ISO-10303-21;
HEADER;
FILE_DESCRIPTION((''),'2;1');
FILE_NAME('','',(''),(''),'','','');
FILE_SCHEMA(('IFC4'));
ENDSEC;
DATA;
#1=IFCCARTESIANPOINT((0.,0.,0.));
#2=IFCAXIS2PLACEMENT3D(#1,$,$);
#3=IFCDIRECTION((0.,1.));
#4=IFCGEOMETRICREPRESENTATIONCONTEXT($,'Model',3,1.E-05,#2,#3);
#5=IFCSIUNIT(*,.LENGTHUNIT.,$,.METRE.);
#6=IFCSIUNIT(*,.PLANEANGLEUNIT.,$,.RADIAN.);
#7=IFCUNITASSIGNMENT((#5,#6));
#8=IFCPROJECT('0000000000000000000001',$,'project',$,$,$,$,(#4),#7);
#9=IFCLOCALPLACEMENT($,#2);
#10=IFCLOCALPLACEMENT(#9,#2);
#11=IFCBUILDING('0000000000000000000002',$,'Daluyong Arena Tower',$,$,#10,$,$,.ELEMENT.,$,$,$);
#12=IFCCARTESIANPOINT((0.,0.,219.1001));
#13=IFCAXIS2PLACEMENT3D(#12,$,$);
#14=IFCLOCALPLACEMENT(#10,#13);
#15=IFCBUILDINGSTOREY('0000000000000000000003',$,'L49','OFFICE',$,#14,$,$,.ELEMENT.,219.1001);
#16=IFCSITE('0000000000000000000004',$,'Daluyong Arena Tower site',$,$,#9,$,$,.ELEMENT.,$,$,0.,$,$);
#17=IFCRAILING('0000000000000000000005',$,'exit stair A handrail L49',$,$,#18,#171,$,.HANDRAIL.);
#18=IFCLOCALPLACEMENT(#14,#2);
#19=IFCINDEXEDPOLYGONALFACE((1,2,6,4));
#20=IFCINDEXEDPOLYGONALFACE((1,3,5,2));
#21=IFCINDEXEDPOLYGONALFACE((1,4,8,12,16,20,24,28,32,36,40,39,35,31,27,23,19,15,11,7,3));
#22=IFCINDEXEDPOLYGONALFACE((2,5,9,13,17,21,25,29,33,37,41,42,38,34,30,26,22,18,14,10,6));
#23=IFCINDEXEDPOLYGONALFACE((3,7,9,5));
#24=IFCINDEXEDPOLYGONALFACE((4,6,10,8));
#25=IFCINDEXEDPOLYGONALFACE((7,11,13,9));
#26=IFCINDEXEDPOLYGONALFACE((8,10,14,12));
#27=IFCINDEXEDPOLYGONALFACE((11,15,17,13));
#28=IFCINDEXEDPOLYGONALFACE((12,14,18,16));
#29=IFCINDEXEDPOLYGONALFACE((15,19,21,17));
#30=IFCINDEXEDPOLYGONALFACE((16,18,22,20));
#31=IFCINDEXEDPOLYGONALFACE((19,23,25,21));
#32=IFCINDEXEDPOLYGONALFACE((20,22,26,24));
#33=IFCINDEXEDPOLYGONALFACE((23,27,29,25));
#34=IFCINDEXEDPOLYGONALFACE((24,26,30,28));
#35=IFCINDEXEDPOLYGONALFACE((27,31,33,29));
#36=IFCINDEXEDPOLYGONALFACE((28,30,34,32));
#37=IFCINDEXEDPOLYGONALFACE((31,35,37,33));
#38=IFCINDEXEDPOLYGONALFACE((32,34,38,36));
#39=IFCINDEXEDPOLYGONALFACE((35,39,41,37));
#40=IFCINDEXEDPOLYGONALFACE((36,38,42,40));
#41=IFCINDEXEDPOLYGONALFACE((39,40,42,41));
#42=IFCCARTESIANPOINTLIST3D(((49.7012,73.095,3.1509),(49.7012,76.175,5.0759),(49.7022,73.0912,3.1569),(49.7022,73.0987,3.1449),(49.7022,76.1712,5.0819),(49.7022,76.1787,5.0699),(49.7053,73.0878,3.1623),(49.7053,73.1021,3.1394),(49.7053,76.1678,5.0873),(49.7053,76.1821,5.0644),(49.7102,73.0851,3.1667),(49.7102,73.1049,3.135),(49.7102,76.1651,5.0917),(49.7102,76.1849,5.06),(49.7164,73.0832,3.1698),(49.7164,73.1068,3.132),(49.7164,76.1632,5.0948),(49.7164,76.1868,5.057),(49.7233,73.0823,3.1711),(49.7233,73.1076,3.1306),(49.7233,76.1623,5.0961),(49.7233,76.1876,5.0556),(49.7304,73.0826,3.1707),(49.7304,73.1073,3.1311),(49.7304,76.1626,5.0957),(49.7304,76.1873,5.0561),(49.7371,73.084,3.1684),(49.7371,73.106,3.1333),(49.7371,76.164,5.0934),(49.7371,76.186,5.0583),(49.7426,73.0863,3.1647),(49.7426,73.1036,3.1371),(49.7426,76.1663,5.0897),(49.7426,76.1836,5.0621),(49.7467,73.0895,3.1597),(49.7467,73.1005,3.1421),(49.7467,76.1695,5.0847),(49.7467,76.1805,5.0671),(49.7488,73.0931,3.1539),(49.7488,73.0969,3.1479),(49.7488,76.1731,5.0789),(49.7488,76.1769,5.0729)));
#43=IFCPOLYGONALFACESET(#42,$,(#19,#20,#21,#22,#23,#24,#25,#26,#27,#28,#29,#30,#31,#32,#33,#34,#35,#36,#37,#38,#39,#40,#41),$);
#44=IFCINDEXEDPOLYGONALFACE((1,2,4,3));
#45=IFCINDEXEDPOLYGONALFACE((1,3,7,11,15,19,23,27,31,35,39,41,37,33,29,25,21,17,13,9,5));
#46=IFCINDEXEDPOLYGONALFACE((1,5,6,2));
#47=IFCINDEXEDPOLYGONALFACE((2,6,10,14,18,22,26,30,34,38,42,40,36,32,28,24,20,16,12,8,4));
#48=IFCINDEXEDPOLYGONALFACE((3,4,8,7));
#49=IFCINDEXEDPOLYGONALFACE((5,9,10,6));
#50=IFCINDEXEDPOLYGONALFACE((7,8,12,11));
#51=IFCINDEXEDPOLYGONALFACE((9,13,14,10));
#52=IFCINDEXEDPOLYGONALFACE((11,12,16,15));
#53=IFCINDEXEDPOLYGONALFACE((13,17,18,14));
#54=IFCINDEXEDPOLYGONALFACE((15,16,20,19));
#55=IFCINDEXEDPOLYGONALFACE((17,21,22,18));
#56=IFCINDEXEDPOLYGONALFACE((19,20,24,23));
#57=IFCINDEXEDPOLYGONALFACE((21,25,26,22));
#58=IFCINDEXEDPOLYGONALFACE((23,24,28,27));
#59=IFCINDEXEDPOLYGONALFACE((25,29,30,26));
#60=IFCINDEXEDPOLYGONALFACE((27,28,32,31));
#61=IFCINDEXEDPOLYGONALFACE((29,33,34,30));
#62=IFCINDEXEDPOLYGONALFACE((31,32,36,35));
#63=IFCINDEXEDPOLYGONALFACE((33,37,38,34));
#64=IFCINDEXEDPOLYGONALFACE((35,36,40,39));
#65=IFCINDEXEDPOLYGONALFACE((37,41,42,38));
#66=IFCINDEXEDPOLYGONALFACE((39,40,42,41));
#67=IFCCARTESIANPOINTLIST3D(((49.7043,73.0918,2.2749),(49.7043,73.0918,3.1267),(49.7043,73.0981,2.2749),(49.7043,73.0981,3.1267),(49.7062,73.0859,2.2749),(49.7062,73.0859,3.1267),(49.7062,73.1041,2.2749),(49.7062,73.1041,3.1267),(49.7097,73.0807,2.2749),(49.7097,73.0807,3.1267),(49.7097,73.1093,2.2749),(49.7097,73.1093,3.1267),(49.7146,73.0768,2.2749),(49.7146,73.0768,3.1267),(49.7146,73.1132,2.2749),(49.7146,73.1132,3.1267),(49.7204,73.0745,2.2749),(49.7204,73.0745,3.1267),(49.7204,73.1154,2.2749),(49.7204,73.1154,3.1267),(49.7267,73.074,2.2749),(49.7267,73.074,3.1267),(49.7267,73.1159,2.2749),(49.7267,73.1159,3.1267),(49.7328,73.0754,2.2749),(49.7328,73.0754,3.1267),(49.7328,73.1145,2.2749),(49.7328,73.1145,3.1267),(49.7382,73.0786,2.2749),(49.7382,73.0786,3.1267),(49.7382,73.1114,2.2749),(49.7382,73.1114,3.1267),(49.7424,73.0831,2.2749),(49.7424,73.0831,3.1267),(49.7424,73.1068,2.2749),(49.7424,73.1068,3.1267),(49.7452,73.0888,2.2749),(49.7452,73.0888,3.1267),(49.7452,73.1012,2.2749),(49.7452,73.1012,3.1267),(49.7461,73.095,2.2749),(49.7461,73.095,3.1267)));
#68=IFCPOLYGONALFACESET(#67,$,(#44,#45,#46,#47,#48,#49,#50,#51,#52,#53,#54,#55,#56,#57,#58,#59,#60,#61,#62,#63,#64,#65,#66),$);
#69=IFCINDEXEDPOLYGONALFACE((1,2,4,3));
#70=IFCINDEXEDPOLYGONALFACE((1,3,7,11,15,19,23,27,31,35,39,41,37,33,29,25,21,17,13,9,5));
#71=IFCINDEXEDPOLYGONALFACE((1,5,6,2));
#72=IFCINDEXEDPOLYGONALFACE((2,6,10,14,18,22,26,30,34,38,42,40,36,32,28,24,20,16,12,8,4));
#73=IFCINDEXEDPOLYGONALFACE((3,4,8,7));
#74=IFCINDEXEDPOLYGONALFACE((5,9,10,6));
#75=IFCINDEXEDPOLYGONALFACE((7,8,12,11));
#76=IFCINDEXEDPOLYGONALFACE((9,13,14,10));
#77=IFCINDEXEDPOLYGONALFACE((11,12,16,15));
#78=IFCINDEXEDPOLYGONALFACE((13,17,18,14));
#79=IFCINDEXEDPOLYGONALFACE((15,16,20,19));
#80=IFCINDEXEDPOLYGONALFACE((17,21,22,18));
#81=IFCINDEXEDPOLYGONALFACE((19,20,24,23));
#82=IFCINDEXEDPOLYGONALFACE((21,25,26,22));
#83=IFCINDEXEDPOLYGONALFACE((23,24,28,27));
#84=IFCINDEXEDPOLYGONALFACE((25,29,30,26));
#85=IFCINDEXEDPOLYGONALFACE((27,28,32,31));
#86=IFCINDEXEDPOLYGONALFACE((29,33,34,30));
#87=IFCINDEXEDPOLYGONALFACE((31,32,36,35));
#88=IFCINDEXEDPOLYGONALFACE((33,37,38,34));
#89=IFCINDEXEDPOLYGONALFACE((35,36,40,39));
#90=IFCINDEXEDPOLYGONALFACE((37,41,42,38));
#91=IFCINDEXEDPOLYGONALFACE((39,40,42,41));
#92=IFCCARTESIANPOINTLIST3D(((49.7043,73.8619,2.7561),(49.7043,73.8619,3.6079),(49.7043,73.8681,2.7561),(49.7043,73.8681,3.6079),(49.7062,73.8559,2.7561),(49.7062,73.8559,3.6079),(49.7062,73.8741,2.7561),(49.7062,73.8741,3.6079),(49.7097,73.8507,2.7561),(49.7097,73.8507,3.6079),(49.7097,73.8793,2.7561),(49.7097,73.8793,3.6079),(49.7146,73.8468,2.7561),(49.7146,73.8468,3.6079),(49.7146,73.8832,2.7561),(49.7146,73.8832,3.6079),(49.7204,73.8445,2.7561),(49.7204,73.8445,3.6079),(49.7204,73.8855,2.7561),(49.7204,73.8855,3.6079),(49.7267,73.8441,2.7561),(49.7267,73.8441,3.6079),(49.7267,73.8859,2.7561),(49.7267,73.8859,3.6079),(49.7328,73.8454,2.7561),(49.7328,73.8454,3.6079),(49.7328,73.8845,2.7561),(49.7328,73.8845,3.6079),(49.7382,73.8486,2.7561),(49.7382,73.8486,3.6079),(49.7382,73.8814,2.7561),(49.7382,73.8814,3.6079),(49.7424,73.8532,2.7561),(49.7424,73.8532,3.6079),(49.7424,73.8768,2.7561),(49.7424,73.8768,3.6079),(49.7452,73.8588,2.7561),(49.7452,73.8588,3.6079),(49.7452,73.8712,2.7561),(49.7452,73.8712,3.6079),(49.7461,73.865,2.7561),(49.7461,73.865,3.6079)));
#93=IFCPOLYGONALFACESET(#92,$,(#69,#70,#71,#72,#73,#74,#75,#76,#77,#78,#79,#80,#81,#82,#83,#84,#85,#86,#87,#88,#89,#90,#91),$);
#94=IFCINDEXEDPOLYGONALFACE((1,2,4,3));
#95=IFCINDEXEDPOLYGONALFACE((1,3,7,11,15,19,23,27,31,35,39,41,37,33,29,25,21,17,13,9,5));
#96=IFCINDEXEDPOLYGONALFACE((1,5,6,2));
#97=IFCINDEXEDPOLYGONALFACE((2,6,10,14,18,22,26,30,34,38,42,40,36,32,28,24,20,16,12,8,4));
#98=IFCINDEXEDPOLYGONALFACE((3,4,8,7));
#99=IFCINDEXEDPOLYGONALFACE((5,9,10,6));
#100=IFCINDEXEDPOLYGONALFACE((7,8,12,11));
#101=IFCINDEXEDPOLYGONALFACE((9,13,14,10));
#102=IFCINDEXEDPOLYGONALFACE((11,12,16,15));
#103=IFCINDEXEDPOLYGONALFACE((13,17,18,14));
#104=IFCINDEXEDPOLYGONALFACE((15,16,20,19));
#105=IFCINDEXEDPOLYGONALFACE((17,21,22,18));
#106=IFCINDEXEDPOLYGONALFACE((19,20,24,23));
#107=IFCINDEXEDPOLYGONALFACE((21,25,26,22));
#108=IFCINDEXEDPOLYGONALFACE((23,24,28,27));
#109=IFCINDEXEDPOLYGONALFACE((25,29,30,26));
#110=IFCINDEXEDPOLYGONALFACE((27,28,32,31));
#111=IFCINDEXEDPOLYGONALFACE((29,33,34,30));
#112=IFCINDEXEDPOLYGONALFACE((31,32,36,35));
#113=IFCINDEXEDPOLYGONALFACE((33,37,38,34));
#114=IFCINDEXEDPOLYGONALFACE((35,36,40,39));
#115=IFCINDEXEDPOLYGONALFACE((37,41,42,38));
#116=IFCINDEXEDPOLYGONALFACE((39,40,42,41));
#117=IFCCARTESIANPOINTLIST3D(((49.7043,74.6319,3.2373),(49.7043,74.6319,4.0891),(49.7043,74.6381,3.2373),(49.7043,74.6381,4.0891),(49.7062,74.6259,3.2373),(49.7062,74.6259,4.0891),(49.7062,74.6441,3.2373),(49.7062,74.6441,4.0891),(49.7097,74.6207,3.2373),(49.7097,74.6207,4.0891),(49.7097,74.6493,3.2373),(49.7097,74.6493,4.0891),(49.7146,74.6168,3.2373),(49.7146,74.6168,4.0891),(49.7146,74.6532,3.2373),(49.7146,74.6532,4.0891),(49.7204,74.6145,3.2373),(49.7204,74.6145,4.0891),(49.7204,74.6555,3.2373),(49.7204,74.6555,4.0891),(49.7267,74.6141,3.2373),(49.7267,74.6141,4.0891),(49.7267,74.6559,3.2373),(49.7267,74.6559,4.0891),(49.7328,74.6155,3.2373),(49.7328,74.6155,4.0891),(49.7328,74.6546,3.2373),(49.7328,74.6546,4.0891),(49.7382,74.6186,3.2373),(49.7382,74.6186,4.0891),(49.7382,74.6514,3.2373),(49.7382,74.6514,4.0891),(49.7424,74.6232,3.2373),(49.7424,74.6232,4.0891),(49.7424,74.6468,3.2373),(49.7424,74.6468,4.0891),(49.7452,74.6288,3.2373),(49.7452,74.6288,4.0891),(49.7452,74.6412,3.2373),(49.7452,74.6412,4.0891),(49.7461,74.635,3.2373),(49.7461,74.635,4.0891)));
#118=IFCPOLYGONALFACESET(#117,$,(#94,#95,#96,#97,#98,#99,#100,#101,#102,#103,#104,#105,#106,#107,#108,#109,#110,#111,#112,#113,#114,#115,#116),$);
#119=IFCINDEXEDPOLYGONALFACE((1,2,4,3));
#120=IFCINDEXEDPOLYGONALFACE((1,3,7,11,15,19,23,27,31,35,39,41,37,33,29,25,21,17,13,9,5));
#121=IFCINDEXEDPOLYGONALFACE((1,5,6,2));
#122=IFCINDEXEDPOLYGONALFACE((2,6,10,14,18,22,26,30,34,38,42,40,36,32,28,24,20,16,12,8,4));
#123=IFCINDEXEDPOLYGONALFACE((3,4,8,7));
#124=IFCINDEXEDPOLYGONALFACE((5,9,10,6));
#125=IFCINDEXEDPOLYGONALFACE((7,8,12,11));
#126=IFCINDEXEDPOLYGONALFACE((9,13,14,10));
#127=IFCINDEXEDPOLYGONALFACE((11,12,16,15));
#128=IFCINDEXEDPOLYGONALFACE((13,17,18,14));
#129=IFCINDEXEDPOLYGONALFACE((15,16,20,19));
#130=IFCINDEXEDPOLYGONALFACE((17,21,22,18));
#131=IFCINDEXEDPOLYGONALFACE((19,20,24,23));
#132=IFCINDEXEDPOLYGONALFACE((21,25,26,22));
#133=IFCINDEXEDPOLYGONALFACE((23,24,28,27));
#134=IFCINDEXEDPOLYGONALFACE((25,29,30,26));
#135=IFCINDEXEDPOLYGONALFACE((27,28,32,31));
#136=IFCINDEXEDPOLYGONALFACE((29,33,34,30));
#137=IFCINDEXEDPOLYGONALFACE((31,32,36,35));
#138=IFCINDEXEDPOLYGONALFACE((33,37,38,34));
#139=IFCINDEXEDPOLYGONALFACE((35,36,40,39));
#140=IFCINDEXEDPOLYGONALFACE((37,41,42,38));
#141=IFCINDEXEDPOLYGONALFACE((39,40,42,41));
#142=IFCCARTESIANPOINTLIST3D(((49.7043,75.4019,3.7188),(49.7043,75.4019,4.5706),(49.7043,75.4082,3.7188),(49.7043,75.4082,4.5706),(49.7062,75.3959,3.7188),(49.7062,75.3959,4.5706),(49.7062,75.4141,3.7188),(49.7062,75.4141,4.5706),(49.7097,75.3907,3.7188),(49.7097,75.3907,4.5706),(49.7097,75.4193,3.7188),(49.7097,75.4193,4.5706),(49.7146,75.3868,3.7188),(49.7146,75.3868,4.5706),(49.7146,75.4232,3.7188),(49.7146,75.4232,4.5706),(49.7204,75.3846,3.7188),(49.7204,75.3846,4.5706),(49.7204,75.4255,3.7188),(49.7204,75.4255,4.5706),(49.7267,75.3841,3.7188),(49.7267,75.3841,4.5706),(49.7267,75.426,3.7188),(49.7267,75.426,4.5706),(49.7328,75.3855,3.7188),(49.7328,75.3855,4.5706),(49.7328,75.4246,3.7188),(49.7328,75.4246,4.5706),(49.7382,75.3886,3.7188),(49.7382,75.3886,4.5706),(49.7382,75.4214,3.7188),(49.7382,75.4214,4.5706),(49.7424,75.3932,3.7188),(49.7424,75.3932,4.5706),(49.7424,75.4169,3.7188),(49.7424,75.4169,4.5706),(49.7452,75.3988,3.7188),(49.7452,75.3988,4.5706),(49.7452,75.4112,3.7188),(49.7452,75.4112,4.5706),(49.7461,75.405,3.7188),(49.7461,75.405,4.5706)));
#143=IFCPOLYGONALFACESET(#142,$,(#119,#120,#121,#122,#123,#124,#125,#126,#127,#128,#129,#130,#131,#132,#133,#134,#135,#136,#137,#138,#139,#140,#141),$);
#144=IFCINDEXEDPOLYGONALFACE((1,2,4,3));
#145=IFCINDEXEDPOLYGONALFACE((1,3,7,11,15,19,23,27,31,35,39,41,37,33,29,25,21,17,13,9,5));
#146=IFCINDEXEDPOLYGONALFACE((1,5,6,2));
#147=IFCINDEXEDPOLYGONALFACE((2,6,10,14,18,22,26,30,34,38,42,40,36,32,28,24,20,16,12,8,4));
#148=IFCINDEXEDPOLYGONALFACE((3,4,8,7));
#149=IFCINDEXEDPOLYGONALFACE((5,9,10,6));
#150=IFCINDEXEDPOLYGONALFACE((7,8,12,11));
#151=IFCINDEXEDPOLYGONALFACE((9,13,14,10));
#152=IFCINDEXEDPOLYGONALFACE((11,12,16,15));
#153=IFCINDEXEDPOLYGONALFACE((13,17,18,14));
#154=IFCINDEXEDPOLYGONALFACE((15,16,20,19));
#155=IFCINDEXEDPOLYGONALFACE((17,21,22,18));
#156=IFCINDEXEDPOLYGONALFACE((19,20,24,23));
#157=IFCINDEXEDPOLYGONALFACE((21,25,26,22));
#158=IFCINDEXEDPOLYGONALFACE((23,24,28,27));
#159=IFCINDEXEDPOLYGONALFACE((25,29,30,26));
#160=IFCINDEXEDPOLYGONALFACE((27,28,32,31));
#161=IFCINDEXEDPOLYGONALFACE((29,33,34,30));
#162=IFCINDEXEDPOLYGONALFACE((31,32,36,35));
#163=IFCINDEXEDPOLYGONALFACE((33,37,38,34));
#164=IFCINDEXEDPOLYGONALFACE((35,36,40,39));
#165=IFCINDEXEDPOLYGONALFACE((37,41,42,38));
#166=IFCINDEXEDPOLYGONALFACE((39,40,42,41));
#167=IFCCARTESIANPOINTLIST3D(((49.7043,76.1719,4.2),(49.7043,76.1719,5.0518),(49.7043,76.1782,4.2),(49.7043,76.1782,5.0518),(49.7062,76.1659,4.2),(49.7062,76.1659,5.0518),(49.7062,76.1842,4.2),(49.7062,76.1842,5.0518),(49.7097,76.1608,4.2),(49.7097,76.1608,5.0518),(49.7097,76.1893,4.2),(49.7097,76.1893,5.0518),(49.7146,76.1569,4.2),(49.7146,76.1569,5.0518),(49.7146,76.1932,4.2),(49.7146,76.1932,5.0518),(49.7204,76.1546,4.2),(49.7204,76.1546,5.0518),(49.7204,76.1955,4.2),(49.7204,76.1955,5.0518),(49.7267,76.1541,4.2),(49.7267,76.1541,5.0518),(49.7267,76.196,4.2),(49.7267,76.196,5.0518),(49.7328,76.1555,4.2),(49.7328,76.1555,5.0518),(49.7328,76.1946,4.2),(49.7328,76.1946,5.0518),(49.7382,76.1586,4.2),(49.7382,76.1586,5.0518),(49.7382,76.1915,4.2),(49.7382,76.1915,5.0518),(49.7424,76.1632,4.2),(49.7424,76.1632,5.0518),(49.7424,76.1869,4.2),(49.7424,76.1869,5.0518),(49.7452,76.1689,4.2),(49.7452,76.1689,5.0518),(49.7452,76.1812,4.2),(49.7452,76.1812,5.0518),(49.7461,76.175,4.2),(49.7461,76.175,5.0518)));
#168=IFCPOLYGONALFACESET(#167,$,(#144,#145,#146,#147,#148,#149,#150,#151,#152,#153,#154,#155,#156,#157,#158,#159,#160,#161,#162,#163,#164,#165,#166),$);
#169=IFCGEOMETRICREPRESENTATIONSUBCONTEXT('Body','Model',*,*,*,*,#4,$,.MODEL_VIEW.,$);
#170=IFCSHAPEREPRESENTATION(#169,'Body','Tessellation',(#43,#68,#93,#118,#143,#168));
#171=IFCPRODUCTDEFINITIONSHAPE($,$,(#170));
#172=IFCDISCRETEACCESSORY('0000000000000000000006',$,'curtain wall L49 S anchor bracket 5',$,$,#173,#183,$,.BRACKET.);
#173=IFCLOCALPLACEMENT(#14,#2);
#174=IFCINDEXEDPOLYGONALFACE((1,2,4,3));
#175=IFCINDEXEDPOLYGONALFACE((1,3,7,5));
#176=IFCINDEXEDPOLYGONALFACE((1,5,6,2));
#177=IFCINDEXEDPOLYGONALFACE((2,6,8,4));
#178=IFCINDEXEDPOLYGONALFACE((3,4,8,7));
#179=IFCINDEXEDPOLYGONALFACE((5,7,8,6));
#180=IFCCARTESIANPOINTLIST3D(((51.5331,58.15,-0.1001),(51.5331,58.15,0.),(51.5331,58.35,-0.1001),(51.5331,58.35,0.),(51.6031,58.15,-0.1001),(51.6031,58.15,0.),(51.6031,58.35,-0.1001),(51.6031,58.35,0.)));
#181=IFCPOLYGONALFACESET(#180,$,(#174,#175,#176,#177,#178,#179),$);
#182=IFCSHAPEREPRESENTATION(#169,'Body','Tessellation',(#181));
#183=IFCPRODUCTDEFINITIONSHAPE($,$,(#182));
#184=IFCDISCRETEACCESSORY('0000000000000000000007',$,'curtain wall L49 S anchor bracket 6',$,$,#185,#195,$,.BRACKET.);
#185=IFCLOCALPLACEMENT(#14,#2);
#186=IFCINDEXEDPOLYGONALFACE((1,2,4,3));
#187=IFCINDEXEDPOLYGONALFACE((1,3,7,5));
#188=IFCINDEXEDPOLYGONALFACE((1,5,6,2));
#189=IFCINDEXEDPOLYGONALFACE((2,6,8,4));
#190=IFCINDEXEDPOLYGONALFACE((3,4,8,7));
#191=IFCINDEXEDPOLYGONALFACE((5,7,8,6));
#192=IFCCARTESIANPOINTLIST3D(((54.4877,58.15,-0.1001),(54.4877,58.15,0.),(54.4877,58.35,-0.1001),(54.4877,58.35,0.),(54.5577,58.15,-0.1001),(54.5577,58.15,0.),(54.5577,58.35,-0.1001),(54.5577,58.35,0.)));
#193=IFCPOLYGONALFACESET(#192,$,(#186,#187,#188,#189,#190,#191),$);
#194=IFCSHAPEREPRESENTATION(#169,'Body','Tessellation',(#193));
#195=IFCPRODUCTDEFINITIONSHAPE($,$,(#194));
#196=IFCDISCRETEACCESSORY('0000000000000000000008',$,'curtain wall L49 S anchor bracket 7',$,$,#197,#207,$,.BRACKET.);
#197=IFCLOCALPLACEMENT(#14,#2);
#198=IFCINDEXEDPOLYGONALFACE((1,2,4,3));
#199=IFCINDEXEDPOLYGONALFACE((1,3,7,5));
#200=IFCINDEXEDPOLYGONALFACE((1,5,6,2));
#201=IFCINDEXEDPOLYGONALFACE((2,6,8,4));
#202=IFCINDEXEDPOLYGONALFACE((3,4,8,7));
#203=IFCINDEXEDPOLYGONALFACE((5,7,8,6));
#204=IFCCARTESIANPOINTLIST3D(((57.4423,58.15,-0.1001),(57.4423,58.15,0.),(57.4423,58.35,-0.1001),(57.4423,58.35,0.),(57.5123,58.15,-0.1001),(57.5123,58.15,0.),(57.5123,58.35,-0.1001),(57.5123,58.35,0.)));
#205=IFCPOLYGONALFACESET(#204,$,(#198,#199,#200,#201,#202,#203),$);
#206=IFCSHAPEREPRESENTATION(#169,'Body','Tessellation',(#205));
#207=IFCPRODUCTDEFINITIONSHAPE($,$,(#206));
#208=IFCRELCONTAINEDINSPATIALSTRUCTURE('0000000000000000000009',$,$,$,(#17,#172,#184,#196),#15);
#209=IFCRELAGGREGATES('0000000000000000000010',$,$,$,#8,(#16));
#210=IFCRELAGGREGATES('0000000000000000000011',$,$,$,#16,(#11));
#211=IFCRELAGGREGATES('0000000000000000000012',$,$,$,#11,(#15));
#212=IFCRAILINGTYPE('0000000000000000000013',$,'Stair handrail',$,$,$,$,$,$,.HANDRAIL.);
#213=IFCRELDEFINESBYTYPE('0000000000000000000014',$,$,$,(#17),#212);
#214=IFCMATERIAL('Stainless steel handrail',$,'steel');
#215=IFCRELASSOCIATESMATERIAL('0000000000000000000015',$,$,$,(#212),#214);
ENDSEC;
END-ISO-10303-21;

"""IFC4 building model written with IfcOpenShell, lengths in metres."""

from ifc_helpers import new_model, si_unit, direction, frame, origin, origin_2d, place, context, subcontext, project, spatial, rectangle, circle, extrude, material, type_object, element, save


model = new_model("IFC4")

# Units and contexts
model_context = context("Model", 3, precision=1e-05, world=origin(), true_north=direction((0.0, 1.0)))
body_context = subcontext(model_context, "Body", "Model", "MODEL_VIEW")
ifc_project = project(units=[si_unit("LENGTHUNIT", "METRE"), si_unit("PLANEANGLEUNIT", "RADIAN")], contexts=[model_context])

# Site, building, storey
site_placement = place(None, origin())
site = spatial("IfcSite", under=ifc_project, at=site_placement, Name="Daluyong Arena Tower site", CompositionType="ELEMENT", RefElevation=0.0)
building_placement = place(site_placement, origin())
building = spatial("IfcBuilding", under=site, at=building_placement, Name="Daluyong Arena Tower", CompositionType="ELEMENT")
storey_placement = place(building_placement, frame((0.0, 0.0, 219.1001)))
storey = spatial("IfcBuildingStorey", under=building, at=storey_placement, Name="L49", Description="OFFICE", CompositionType="ELEMENT", Elevation=219.1001)

# Railing
ifc_material_1 = material(Name="Stainless steel handrail", Category="steel")
railing_type = type_object("IfcRailingType", Name="Stair handrail", PredefinedType="HANDRAIL", material=ifc_material_1)
railing_placement = place(storey_placement, frame((49.7251, 73.095, 2.2749)))
element("IfcRailing", 1, at=railing_placement, inside=storey, type_object=railing_type, Name="exit stair A handrail L49", PredefinedType="HANDRAIL", context=body_context, shape_type="SweptSolid", body=[
    extrude(circle(Radius=0.0239, at=origin_2d()), frame((0.0, 0.0, 0.876), z_axis=(0.0, 0.847998, 0.529999), x_axis=(-1.0, 0.0, 0.0)), (0.0, 0.0, 1.0), 3.6321),
    extrude(circle(Radius=0.021, at=origin_2d()), origin(), (0.0, 0.0, 1.0), 0.8518),
    extrude(circle(Radius=0.021, at=origin_2d()), frame((0.0, 0.77, 0.4812)), (0.0, 0.0, 1.0), 0.8518),
    extrude(circle(Radius=0.021, at=origin_2d()), frame((0.0, 1.54, 0.9624)), (0.0, 0.0, 1.0), 0.8518),
    extrude(circle(Radius=0.021, at=origin_2d()), frame((0.0, 2.3101, 1.4438)), (0.0, 0.0, 1.0), 0.8518),
    extrude(circle(Radius=0.021, at=origin_2d()), frame((0.0, 3.0801, 1.925)), (0.0, 0.0, 1.0), 0.8518),
])

# Discrete accessories
for number, where, z_axis, x_axis, name in (
    (2, (51.5681, 58.25, -0.1001), (0.0, 0.0, 1.0), (1.0, 0.0, 0.0), "curtain wall L49 S anchor bracket 5"),
    (3, (54.5227, 58.25, -0.1001), (0.0, 0.0, 1.0), (1.0, 0.0, 0.0), "curtain wall L49 S anchor bracket 6"),
    (4, (57.4773, 58.25, -0.1001), (0.0, 0.0, 1.0), (1.0, 0.0, 0.0), "curtain wall L49 S anchor bracket 7"),
):
    element("IfcDiscreteAccessory", number, at=place(storey_placement, frame(where, z_axis=z_axis, x_axis=x_axis)), inside=storey, Name=name, PredefinedType="BRACKET", context=body_context, shape_type="SweptSolid", body=[
        extrude(rectangle(XDim=0.0701, YDim=0.2, at=origin_2d()), origin(), (0.0, 0.0, 1.0), 0.1001),
    ])

save(model, "model.ifc")
